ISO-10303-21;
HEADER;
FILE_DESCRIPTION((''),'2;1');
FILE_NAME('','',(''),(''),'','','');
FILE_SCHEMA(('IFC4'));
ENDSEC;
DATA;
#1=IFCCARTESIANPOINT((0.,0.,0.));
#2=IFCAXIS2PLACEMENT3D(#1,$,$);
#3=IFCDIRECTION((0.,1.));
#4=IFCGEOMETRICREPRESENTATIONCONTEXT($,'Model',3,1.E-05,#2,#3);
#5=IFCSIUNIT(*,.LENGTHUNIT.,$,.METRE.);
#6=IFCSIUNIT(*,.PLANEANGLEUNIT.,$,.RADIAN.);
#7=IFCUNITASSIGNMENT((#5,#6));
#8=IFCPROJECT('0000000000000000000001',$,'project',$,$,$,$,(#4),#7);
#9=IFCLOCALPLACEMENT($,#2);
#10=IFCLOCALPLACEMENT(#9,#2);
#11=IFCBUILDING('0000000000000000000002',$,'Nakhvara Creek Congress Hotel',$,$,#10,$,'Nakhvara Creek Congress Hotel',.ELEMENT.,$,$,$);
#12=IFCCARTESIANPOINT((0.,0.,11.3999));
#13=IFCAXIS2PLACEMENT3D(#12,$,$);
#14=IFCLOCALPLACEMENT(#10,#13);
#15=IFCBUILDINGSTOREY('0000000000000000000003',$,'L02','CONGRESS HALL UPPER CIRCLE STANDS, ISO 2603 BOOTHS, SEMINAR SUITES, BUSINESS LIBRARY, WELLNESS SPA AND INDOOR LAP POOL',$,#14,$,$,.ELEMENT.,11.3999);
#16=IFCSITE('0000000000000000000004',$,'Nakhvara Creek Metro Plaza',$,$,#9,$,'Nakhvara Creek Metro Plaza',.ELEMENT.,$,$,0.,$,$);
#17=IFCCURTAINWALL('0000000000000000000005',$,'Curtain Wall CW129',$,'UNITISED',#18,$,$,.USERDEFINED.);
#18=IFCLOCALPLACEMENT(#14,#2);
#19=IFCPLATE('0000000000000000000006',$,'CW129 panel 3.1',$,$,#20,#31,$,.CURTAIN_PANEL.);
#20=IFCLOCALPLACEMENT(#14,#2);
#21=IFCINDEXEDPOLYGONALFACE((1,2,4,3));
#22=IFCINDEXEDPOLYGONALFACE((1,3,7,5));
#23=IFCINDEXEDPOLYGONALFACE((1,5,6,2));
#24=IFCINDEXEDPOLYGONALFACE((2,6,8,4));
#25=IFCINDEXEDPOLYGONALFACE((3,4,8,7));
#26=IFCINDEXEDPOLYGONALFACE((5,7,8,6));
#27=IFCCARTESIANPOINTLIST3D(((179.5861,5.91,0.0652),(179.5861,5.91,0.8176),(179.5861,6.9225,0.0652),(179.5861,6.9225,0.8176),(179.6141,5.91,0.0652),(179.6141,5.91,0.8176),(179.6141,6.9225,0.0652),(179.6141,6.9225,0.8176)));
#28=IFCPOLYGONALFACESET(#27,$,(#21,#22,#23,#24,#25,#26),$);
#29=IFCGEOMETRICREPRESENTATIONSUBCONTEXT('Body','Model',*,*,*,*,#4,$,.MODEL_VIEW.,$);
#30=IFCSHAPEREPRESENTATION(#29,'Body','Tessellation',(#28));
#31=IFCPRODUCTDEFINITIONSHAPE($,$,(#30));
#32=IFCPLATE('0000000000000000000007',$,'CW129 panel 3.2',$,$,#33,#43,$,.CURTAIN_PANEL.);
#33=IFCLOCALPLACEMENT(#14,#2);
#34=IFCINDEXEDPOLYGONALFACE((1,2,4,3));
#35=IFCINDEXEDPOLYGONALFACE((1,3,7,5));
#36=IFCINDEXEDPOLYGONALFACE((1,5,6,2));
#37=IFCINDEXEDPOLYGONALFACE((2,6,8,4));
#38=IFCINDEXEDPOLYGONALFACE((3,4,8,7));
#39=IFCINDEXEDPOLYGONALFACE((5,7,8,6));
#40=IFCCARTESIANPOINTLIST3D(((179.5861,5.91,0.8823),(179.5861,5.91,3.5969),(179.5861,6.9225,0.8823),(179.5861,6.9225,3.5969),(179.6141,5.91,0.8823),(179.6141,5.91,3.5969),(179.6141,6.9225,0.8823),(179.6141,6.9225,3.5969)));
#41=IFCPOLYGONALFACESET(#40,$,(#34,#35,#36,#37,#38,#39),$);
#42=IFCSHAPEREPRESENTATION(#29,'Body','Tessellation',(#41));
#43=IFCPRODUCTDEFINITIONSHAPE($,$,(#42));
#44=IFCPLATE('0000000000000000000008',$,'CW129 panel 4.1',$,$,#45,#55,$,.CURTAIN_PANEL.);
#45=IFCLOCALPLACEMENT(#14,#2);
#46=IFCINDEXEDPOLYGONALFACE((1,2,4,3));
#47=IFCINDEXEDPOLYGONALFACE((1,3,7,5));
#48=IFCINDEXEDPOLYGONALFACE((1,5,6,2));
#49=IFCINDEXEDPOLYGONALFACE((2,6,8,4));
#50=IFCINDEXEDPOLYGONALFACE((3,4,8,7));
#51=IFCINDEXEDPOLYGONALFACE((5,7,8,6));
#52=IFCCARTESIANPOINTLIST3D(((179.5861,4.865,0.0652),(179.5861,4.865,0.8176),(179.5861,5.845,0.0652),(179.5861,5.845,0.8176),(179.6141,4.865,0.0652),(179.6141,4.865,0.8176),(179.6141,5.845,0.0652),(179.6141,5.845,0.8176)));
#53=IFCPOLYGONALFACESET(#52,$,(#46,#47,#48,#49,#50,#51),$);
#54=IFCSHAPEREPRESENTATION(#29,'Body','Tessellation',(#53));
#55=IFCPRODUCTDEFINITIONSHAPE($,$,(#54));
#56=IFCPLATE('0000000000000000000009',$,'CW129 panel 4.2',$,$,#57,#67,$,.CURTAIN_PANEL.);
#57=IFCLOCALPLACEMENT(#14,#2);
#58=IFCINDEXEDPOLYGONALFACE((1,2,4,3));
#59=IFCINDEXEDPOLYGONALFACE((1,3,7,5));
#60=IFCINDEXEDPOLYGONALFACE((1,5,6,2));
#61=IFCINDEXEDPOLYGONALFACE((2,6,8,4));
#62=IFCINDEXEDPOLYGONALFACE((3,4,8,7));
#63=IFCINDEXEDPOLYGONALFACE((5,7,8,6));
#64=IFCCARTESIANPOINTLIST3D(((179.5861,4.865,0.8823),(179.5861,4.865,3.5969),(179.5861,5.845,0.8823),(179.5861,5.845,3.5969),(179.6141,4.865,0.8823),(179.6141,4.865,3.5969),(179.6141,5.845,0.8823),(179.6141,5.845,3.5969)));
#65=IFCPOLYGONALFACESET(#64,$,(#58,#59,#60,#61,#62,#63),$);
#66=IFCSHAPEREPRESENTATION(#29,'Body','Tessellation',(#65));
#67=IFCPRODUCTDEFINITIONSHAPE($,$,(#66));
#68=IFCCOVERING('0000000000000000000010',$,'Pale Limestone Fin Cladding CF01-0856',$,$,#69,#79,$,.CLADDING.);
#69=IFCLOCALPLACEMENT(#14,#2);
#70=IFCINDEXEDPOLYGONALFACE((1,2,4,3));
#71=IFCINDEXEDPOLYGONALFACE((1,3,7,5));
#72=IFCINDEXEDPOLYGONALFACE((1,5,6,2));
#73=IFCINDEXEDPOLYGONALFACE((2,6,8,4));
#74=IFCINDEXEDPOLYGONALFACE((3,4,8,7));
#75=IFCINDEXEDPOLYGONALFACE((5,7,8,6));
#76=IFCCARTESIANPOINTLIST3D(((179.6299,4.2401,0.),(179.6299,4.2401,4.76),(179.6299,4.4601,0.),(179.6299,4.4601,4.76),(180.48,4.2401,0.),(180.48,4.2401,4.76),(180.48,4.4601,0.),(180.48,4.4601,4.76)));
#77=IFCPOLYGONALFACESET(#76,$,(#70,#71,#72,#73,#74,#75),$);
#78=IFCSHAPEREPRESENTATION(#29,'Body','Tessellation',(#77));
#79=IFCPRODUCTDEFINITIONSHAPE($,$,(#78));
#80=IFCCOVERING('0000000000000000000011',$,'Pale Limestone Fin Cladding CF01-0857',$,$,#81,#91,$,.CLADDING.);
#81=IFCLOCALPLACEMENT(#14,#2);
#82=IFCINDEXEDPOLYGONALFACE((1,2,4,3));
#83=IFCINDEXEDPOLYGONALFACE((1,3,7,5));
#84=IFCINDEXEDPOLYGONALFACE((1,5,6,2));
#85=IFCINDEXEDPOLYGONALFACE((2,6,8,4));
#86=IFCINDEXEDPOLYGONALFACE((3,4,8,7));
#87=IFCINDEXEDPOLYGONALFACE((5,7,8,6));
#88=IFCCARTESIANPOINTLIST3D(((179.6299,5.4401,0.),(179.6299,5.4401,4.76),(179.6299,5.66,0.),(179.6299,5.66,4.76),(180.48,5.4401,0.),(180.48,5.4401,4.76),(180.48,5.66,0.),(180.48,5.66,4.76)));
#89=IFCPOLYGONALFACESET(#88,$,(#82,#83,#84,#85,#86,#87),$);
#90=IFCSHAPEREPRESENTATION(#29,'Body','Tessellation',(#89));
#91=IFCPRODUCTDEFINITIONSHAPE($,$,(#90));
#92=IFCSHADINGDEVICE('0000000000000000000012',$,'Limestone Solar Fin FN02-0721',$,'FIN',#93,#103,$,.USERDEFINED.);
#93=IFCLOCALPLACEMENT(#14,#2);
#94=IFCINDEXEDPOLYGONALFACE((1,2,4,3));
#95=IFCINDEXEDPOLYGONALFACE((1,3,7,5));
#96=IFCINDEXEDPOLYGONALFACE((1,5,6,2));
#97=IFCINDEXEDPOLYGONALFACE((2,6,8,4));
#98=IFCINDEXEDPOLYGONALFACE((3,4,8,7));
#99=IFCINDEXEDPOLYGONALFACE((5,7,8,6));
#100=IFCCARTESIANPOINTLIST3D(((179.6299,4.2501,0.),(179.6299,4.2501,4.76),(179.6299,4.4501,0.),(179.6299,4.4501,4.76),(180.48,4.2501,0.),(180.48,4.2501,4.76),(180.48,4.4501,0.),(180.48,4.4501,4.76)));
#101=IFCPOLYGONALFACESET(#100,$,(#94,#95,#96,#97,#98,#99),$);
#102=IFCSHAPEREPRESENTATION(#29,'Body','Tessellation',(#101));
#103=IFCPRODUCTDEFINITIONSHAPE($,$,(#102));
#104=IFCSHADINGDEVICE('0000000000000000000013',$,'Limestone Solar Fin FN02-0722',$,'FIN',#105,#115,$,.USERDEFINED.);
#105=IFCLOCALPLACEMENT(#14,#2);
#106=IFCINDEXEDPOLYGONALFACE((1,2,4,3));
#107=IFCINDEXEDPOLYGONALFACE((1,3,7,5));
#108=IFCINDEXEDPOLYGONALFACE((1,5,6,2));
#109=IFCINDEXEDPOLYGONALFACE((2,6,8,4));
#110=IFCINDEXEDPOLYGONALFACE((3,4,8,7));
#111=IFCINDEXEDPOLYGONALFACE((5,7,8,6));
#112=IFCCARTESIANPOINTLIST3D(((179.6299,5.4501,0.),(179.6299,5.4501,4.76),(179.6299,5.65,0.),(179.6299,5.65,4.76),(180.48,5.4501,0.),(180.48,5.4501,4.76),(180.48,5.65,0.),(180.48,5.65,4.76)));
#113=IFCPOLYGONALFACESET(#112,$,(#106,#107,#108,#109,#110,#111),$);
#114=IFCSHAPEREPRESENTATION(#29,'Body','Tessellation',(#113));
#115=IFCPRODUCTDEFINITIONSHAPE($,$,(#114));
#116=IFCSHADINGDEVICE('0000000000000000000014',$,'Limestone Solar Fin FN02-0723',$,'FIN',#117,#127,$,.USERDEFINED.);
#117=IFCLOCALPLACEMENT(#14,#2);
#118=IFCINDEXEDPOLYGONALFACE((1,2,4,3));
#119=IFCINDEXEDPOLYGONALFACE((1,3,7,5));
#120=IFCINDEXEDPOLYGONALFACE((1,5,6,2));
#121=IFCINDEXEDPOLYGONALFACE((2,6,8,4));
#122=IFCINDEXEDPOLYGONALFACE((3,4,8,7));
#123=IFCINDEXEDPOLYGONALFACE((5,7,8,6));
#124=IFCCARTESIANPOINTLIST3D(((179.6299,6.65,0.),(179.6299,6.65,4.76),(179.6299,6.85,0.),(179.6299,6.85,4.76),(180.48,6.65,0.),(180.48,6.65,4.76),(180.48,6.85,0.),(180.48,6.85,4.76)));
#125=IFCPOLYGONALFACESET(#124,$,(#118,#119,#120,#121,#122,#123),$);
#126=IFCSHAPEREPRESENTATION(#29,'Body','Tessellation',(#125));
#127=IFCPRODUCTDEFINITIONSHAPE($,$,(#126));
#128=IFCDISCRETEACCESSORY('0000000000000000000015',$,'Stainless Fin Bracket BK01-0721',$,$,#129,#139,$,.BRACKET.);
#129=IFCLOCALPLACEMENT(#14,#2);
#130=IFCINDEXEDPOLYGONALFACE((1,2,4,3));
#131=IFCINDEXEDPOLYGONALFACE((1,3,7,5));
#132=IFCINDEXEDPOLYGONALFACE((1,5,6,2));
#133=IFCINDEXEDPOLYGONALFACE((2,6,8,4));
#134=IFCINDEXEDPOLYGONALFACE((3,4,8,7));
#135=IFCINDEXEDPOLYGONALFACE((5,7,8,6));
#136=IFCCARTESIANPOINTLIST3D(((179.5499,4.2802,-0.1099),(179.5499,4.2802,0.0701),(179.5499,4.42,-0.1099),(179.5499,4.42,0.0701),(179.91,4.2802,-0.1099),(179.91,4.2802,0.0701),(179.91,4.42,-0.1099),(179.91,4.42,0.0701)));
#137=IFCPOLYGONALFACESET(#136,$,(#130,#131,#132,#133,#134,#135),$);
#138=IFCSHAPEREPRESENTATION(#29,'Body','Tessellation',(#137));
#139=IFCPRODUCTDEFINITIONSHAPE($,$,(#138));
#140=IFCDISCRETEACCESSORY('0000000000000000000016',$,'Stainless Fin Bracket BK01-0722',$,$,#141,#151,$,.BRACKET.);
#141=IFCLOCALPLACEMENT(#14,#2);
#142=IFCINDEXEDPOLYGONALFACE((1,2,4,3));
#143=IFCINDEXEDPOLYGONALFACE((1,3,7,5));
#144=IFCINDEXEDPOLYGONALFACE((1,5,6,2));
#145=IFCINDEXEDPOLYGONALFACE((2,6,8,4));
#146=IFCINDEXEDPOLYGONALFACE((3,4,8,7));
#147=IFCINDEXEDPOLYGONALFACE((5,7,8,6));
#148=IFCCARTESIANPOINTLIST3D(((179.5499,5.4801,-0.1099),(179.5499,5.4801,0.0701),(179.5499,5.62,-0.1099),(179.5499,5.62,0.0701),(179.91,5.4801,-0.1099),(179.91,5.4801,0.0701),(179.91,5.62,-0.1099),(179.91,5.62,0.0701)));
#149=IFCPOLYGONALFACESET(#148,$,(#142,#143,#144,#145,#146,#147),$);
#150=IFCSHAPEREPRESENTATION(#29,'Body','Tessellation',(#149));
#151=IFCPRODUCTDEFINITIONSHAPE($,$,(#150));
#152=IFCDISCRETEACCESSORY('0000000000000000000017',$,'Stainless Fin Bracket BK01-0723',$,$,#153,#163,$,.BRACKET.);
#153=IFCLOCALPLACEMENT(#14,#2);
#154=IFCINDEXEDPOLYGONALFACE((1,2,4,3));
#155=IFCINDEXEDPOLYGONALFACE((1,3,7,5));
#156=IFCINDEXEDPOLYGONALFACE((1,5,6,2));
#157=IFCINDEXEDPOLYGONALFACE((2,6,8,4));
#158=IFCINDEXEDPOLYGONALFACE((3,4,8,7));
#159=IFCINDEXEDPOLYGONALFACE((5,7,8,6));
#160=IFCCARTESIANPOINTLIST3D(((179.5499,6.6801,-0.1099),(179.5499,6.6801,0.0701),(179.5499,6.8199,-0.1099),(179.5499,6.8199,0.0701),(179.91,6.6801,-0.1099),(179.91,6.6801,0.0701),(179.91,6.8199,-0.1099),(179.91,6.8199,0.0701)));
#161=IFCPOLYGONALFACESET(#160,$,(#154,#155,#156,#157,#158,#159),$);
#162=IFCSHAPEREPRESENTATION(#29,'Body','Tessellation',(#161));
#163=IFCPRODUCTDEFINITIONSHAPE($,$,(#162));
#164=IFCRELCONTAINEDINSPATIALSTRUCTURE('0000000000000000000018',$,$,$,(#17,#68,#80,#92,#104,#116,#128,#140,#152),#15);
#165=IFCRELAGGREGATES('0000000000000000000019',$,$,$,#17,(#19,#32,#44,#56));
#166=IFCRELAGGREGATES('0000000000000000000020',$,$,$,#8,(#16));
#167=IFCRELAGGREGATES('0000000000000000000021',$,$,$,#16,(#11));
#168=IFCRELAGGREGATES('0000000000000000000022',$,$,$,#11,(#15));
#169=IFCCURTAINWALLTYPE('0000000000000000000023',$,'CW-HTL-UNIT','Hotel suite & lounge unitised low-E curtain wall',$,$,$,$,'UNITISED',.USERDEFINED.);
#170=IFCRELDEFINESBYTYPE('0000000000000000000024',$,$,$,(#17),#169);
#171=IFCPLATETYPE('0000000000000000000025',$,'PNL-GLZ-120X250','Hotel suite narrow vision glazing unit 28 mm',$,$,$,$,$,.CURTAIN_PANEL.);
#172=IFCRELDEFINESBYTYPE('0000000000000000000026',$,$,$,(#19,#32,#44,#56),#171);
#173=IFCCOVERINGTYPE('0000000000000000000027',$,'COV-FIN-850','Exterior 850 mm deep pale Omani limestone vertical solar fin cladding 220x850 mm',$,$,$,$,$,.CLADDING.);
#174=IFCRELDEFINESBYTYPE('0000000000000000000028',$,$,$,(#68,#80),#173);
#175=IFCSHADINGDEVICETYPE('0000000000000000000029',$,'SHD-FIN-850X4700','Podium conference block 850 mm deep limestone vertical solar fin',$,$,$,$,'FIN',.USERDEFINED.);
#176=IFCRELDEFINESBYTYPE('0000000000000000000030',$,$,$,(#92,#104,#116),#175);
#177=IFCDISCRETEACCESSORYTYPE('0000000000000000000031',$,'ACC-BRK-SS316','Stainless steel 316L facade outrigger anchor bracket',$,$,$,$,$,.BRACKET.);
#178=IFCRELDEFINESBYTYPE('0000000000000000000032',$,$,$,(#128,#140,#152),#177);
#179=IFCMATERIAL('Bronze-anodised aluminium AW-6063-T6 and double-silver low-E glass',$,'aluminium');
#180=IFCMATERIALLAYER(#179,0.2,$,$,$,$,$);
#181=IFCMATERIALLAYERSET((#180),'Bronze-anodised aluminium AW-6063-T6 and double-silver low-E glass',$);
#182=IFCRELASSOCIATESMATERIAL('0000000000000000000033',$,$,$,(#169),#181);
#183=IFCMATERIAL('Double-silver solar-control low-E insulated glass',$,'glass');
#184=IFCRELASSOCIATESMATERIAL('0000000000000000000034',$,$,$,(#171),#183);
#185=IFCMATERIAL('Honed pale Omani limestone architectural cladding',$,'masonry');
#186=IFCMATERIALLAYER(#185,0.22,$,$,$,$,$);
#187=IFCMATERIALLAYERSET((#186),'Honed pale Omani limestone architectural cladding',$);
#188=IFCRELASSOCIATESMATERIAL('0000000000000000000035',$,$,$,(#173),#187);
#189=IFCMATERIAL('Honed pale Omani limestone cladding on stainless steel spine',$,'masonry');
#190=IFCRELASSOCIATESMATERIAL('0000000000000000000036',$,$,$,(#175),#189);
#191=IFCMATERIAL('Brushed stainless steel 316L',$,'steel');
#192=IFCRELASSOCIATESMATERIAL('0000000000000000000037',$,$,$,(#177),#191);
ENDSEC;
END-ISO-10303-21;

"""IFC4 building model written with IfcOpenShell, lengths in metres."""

from ifc_helpers import new_model, si_unit, direction, frame, origin, origin_2d, place, context, subcontext, project, spatial, rectangle, extrude, material, layer, layer_set, type_object, element, aggregate, save


model = new_model("IFC4")

# Units and contexts
model_context = context("Model", 3, precision=1e-05, world=origin(), true_north=direction((0.0, 1.0)))
body_context = subcontext(model_context, "Body", "Model", "MODEL_VIEW")
ifc_project = project(units=[si_unit("LENGTHUNIT", "METRE"), si_unit("PLANEANGLEUNIT", "RADIAN")], contexts=[model_context])

# Site, building, storey
site_placement = place(None, origin())
site = spatial("IfcSite", under=ifc_project, at=site_placement, Name="Nakhvara Creek Metro Plaza", LongName="Nakhvara Creek Metro Plaza", CompositionType="ELEMENT", RefElevation=0.0)
building_placement = place(site_placement, origin())
building = spatial("IfcBuilding", under=site, at=building_placement, Name="Nakhvara Creek Congress Hotel", LongName="Nakhvara Creek Congress Hotel", CompositionType="ELEMENT")
storey_placement = place(building_placement, frame((0.0, 0.0, 11.3999)))
storey = spatial("IfcBuildingStorey", under=building, at=storey_placement, Name="L02", Description="CONGRESS HALL UPPER CIRCLE STANDS, ISO 2603 BOOTHS, SEMINAR SUITES, BUSINESS LIBRARY, WELLNESS SPA AND INDOOR LAP POOL", CompositionType="ELEMENT", Elevation=11.3999)

# Shared definitions
ifc_material_1 = material(Name="Bronze-anodised aluminium AW-6063-T6 and double-silver low-E glass", Category="aluminium")
ifc_layer_1 = layer(ifc_material_1, 0.2)
ifc_layer_set_1 = layer_set([ifc_layer_1], Name="Bronze-anodised aluminium AW-6063-T6 and double-silver low-E glass")
curtain_wall_type = type_object("IfcCurtainWallType", Name="CW-HTL-UNIT", Description="Hotel suite & lounge unitised low-E curtain wall", ElementType="UNITISED", PredefinedType="USERDEFINED", material=ifc_layer_set_1)

# Curtain wall
curtain_wall_1_placement = place(storey_placement, origin())
curtain_wall_1 = element("IfcCurtainWall", 1, at=curtain_wall_1_placement, inside=storey, type_object=curtain_wall_type, Name="Curtain Wall CW129", ObjectType="UNITISED", PredefinedType="USERDEFINED")

# Plates
ifc_material_2 = material(Name="Double-silver solar-control low-E insulated glass", Category="glass")
plate_type = type_object("IfcPlateType", Name="PNL-GLZ-120X250", Description="Hotel suite narrow vision glazing unit 28 mm", PredefinedType="CURTAIN_PANEL", material=ifc_material_2)
plate_1_placement = place(storey_placement, frame((179.6001, 6.4163, 0.0652), z_axis=(0.0, 0.0, 1.0), x_axis=(0.0, -1.0, 0.0)))
plate_1 = element("IfcPlate", 2, at=plate_1_placement, type_object=plate_type, Name="CW129 panel 3.1", PredefinedType="CURTAIN_PANEL", context=body_context, shape_type="SweptSolid", body=[
    extrude(rectangle(XDim=1.0125, YDim=0.0281, at=origin_2d()), origin(), (0.0, 0.0, 1.0), 0.7524),
])
plate_2_placement = place(storey_placement, frame((179.6001, 6.4163, 0.8823), z_axis=(0.0, 0.0, 1.0), x_axis=(0.0, -1.0, 0.0)))
plate_2 = element("IfcPlate", 3, at=plate_2_placement, type_object=plate_type, Name="CW129 panel 3.2", PredefinedType="CURTAIN_PANEL", context=body_context, shape_type="SweptSolid", body=[
    extrude(rectangle(XDim=1.0125, YDim=0.0281, at=origin_2d()), origin(), (0.0, 0.0, 1.0), 2.7146),
])
plate_3_placement = place(storey_placement, frame((179.6001, 5.355, 0.0652), z_axis=(0.0, 0.0, 1.0), x_axis=(0.0, -1.0, 0.0)))
plate_3 = element("IfcPlate", 4, at=plate_3_placement, type_object=plate_type, Name="CW129 panel 4.1", PredefinedType="CURTAIN_PANEL", context=body_context, shape_type="SweptSolid", body=[
    extrude(rectangle(XDim=0.98, YDim=0.0281, at=origin_2d()), origin(), (0.0, 0.0, 1.0), 0.7524),
])
plate_4_placement = place(storey_placement, frame((179.6001, 5.355, 0.8823), z_axis=(0.0, 0.0, 1.0), x_axis=(0.0, -1.0, 0.0)))
plate_4 = element("IfcPlate", 5, at=plate_4_placement, type_object=plate_type, Name="CW129 panel 4.2", PredefinedType="CURTAIN_PANEL", context=body_context, shape_type="SweptSolid", body=[
    extrude(rectangle(XDim=0.98, YDim=0.0281, at=origin_2d()), origin(), (0.0, 0.0, 1.0), 2.7146),
])
aggregate(curtain_wall_1, [plate_1, plate_2, plate_3, plate_4])

# Coverings
ifc_material_3 = material(Name="Honed pale Omani limestone architectural cladding", Category="masonry")
ifc_layer_2 = layer(ifc_material_3, 0.22)
ifc_layer_set_2 = layer_set([ifc_layer_2], Name="Honed pale Omani limestone architectural cladding")
covering_type = type_object("IfcCoveringType", Name="COV-FIN-850", Description="Exterior 850 mm deep pale Omani limestone vertical solar fin cladding 220x850 mm", PredefinedType="CLADDING", material=ifc_layer_set_2)
for number, where, z_axis, x_axis, name in (
    (6, (180.0549, 4.3501, 0.0), (0.0, 0.0, 1.0), (0.0, 1.0, 0.0), "Pale Limestone Fin Cladding CF01-0856"),
    (7, (180.0549, 5.55, 0.0), (0.0, 0.0, 1.0), (0.0, 1.0, 0.0), "Pale Limestone Fin Cladding CF01-0857"),
):
    element("IfcCovering", number, at=place(storey_placement, frame(where, z_axis=z_axis, x_axis=x_axis)), inside=storey, type_object=covering_type, Name=name, PredefinedType="CLADDING", context=body_context, shape_type="SweptSolid", body=[
        extrude(rectangle(XDim=0.22, YDim=0.8501, at=origin_2d()), origin(), (0.0, 0.0, 1.0), 4.76),
    ])

# Shading devices
ifc_material_4 = material(Name="Honed pale Omani limestone cladding on stainless steel spine", Category="masonry")
shading_device_type = type_object("IfcShadingDeviceType", Name="SHD-FIN-850X4700", Description="Podium conference block 850 mm deep limestone vertical solar fin", ElementType="FIN", PredefinedType="USERDEFINED", material=ifc_material_4)
for number, where, z_axis, x_axis, name in (
    (8, (180.0549, 4.3501, 0.0), (0.0, 0.0, 1.0), (0.0, 1.0, 0.0), "Limestone Solar Fin FN02-0721"),
    (9, (180.0549, 5.55, 0.0), (0.0, 0.0, 1.0), (0.0, 1.0, 0.0), "Limestone Solar Fin FN02-0722"),
    (10, (180.0549, 6.75, 0.0), (0.0, 0.0, 1.0), (0.0, 1.0, 0.0), "Limestone Solar Fin FN02-0723"),
):
    element("IfcShadingDevice", number, at=place(storey_placement, frame(where, z_axis=z_axis, x_axis=x_axis)), inside=storey, type_object=shading_device_type, Name=name, ObjectType="FIN", PredefinedType="USERDEFINED", context=body_context, shape_type="SweptSolid", body=[
        extrude(rectangle(XDim=0.2, YDim=0.8501, at=origin_2d()), origin(), (0.0, 0.0, 1.0), 4.76),
    ])

# Discrete accessories
ifc_material_5 = material(Name="Brushed stainless steel 316L", Category="steel")
discrete_accessory_type = type_object("IfcDiscreteAccessoryType", Name="ACC-BRK-SS316", Description="Stainless steel 316L facade outrigger anchor bracket", PredefinedType="BRACKET", material=ifc_material_5)
for number, where, z_axis, x_axis, name in (
    (11, (179.73, 4.3501, -0.1099), (0.0, 0.0, 1.0), (0.0, 1.0, 0.0), "Stainless Fin Bracket BK01-0721"),
    (12, (179.73, 5.55, -0.1099), (0.0, 0.0, 1.0), (0.0, 1.0, 0.0), "Stainless Fin Bracket BK01-0722"),
    (13, (179.73, 6.75, -0.1099), (0.0, 0.0, 1.0), (0.0, 1.0, 0.0), "Stainless Fin Bracket BK01-0723"),
):
    element("IfcDiscreteAccessory", number, at=place(storey_placement, frame(where, z_axis=z_axis, x_axis=x_axis)), inside=storey, type_object=discrete_accessory_type, Name=name, PredefinedType="BRACKET", context=body_context, shape_type="SweptSolid", body=[
        extrude(rectangle(XDim=0.1399, YDim=0.3601, at=origin_2d()), origin(), (0.0, 0.0, 1.0), 0.1799),
    ])

save(model, "model.ifc")
